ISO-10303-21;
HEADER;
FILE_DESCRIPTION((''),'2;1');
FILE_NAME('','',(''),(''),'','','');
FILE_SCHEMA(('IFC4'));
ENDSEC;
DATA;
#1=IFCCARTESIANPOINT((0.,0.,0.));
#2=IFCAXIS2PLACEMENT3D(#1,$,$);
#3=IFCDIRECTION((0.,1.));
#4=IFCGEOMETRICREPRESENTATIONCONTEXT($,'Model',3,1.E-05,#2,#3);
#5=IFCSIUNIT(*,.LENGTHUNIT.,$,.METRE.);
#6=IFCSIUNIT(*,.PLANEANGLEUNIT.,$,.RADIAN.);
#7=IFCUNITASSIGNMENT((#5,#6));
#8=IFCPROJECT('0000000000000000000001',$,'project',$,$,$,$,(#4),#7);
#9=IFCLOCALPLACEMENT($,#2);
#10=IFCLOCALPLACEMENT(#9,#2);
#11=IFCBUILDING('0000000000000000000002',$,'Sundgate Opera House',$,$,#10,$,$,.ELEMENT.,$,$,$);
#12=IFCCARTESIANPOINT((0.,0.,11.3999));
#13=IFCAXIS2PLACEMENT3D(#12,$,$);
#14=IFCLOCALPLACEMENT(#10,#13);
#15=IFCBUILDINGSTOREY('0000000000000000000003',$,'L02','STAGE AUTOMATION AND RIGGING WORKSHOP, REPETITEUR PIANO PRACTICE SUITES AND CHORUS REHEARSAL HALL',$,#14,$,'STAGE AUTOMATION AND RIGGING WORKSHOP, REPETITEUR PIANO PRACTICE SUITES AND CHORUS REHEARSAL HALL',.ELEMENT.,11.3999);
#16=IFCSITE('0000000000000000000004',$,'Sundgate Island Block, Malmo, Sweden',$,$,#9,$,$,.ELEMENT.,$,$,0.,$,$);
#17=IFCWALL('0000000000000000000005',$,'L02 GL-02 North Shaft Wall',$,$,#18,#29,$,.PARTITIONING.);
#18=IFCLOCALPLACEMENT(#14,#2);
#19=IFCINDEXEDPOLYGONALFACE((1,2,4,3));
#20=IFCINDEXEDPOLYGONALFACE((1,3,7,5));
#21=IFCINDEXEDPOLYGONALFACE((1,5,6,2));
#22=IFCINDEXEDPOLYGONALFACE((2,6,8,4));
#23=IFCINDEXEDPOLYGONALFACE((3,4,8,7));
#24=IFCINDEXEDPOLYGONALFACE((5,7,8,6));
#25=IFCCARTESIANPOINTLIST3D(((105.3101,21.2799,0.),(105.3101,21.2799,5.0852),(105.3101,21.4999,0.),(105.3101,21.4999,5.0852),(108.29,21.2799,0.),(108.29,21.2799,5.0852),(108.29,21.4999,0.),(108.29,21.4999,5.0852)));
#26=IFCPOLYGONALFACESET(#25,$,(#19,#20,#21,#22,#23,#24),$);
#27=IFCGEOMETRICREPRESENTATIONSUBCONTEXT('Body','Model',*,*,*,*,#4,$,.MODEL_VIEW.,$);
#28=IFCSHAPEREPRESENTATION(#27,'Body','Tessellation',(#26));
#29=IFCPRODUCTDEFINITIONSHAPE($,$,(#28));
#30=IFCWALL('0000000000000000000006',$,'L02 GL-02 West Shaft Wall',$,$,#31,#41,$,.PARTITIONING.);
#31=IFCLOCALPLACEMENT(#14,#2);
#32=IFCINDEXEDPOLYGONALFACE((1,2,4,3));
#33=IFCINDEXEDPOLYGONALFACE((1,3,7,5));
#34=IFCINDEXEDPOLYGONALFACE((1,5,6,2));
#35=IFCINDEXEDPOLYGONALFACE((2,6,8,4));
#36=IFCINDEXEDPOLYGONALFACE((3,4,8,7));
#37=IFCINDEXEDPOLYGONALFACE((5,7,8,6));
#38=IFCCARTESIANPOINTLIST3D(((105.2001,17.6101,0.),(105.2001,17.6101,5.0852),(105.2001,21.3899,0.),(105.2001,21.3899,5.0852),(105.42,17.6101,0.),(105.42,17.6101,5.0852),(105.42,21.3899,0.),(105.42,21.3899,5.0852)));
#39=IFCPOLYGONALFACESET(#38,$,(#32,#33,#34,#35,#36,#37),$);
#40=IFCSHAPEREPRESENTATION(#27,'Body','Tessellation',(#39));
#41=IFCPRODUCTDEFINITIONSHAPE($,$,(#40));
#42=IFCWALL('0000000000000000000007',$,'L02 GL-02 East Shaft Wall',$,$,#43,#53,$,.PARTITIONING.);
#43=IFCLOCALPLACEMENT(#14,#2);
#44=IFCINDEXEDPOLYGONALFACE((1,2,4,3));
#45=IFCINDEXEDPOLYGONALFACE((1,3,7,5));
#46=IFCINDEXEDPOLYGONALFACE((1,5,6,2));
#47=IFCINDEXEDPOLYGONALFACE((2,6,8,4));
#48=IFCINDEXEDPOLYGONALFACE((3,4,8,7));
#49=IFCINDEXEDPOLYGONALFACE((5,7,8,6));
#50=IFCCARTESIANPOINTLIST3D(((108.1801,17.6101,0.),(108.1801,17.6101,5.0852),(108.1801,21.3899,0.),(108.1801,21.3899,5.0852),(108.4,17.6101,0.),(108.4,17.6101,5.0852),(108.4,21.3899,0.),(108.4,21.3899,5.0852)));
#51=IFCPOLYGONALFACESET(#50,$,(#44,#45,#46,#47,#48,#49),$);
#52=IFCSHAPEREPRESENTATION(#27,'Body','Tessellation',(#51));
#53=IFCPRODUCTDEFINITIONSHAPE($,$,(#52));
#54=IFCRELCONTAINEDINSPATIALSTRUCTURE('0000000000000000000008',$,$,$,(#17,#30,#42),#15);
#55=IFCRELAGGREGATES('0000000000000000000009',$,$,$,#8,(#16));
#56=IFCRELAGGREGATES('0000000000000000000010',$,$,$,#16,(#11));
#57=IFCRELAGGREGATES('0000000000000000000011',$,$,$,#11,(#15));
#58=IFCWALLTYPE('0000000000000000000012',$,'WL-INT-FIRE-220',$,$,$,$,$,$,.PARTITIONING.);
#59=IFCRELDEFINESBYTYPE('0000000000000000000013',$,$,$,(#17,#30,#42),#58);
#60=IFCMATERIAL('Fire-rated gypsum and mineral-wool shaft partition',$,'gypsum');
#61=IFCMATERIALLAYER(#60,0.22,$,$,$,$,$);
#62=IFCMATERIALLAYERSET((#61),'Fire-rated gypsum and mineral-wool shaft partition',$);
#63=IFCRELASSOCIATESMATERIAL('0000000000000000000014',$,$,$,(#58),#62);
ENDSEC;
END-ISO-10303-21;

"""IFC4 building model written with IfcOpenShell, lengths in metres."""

from ifc_helpers import new_model, si_unit, direction, frame, frame_2d, origin, place, context, subcontext, project, spatial, rectangle, extrude, material, layer, layer_set, type_object, element, save


model = new_model("IFC4")

# Units and contexts
model_context = context("Model", 3, precision=1e-05, world=origin(), true_north=direction((0.0, 1.0)))
body_context = subcontext(model_context, "Body", "Model", "MODEL_VIEW")
ifc_project = project(units=[si_unit("LENGTHUNIT", "METRE"), si_unit("PLANEANGLEUNIT", "RADIAN")], contexts=[model_context])

# Site, building, storey
site_placement = place(None, origin())
site = spatial("IfcSite", under=ifc_project, at=site_placement, Name="Sundgate Island Block, Malmo, Sweden", CompositionType="ELEMENT", RefElevation=0.0)
building_placement = place(site_placement, origin())
building = spatial("IfcBuilding", under=site, at=building_placement, Name="Sundgate Opera House", CompositionType="ELEMENT")
storey_placement = place(building_placement, frame((0.0, 0.0, 11.3999)))
storey = spatial("IfcBuildingStorey", under=building, at=storey_placement, Name="L02", Description="STAGE AUTOMATION AND RIGGING WORKSHOP, REPETITEUR PIANO PRACTICE SUITES AND CHORUS REHEARSAL HALL", LongName="STAGE AUTOMATION AND RIGGING WORKSHOP, REPETITEUR PIANO PRACTICE SUITES AND CHORUS REHEARSAL HALL", CompositionType="ELEMENT", Elevation=11.3999)

# Shared definitions
ifc_material_1 = material(Name="Fire-rated gypsum and mineral-wool shaft partition", Category="gypsum")
ifc_layer_1 = layer(ifc_material_1, 0.22)
ifc_layer_set_1 = layer_set([ifc_layer_1], Name="Fire-rated gypsum and mineral-wool shaft partition")
wall_type_1 = type_object("IfcWallType", Name="WL-INT-FIRE-220", PredefinedType="PARTITIONING", material=ifc_layer_set_1)

# Walls
wall_1_placement = place(storey_placement, frame((105.3101, 21.3899, 0.0), z_axis=(0.0, 0.0, 1.0), x_axis=(1.0, 0.0, 0.0)))
element("IfcWall", 1, at=wall_1_placement, inside=storey, type_object=wall_type_1, Name="L02 GL-02 North Shaft Wall", PredefinedType="PARTITIONING", context=body_context, shape_type="SweptSolid", body=[
    extrude(rectangle(XDim=2.98, YDim=0.22, at=frame_2d((1.49, 0.0))), origin(), (0.0, 0.0, 1.0), 5.0852),
])
for number, where, z_axis, x_axis, name in (
    (2, (105.3101, 17.6101, 0.0), (0.0, 0.0, 1.0), (0.0, 1.0, 0.0), "L02 GL-02 West Shaft Wall"),
    (3, (108.29, 17.6101, 0.0), (0.0, 0.0, 1.0), (0.0, 1.0, 0.0), "L02 GL-02 East Shaft Wall"),
):
    element("IfcWall", number, at=place(storey_placement, frame(where, z_axis=z_axis, x_axis=x_axis)), inside=storey, type_object=wall_type_1, Name=name, PredefinedType="PARTITIONING", context=body_context, shape_type="SweptSolid", body=[
        extrude(rectangle(XDim=3.7798, YDim=0.22, at=frame_2d((1.8899, 0.0))), origin(), (0.0, 0.0, 1.0), 5.0852),
    ])

save(model, "model.ifc")
